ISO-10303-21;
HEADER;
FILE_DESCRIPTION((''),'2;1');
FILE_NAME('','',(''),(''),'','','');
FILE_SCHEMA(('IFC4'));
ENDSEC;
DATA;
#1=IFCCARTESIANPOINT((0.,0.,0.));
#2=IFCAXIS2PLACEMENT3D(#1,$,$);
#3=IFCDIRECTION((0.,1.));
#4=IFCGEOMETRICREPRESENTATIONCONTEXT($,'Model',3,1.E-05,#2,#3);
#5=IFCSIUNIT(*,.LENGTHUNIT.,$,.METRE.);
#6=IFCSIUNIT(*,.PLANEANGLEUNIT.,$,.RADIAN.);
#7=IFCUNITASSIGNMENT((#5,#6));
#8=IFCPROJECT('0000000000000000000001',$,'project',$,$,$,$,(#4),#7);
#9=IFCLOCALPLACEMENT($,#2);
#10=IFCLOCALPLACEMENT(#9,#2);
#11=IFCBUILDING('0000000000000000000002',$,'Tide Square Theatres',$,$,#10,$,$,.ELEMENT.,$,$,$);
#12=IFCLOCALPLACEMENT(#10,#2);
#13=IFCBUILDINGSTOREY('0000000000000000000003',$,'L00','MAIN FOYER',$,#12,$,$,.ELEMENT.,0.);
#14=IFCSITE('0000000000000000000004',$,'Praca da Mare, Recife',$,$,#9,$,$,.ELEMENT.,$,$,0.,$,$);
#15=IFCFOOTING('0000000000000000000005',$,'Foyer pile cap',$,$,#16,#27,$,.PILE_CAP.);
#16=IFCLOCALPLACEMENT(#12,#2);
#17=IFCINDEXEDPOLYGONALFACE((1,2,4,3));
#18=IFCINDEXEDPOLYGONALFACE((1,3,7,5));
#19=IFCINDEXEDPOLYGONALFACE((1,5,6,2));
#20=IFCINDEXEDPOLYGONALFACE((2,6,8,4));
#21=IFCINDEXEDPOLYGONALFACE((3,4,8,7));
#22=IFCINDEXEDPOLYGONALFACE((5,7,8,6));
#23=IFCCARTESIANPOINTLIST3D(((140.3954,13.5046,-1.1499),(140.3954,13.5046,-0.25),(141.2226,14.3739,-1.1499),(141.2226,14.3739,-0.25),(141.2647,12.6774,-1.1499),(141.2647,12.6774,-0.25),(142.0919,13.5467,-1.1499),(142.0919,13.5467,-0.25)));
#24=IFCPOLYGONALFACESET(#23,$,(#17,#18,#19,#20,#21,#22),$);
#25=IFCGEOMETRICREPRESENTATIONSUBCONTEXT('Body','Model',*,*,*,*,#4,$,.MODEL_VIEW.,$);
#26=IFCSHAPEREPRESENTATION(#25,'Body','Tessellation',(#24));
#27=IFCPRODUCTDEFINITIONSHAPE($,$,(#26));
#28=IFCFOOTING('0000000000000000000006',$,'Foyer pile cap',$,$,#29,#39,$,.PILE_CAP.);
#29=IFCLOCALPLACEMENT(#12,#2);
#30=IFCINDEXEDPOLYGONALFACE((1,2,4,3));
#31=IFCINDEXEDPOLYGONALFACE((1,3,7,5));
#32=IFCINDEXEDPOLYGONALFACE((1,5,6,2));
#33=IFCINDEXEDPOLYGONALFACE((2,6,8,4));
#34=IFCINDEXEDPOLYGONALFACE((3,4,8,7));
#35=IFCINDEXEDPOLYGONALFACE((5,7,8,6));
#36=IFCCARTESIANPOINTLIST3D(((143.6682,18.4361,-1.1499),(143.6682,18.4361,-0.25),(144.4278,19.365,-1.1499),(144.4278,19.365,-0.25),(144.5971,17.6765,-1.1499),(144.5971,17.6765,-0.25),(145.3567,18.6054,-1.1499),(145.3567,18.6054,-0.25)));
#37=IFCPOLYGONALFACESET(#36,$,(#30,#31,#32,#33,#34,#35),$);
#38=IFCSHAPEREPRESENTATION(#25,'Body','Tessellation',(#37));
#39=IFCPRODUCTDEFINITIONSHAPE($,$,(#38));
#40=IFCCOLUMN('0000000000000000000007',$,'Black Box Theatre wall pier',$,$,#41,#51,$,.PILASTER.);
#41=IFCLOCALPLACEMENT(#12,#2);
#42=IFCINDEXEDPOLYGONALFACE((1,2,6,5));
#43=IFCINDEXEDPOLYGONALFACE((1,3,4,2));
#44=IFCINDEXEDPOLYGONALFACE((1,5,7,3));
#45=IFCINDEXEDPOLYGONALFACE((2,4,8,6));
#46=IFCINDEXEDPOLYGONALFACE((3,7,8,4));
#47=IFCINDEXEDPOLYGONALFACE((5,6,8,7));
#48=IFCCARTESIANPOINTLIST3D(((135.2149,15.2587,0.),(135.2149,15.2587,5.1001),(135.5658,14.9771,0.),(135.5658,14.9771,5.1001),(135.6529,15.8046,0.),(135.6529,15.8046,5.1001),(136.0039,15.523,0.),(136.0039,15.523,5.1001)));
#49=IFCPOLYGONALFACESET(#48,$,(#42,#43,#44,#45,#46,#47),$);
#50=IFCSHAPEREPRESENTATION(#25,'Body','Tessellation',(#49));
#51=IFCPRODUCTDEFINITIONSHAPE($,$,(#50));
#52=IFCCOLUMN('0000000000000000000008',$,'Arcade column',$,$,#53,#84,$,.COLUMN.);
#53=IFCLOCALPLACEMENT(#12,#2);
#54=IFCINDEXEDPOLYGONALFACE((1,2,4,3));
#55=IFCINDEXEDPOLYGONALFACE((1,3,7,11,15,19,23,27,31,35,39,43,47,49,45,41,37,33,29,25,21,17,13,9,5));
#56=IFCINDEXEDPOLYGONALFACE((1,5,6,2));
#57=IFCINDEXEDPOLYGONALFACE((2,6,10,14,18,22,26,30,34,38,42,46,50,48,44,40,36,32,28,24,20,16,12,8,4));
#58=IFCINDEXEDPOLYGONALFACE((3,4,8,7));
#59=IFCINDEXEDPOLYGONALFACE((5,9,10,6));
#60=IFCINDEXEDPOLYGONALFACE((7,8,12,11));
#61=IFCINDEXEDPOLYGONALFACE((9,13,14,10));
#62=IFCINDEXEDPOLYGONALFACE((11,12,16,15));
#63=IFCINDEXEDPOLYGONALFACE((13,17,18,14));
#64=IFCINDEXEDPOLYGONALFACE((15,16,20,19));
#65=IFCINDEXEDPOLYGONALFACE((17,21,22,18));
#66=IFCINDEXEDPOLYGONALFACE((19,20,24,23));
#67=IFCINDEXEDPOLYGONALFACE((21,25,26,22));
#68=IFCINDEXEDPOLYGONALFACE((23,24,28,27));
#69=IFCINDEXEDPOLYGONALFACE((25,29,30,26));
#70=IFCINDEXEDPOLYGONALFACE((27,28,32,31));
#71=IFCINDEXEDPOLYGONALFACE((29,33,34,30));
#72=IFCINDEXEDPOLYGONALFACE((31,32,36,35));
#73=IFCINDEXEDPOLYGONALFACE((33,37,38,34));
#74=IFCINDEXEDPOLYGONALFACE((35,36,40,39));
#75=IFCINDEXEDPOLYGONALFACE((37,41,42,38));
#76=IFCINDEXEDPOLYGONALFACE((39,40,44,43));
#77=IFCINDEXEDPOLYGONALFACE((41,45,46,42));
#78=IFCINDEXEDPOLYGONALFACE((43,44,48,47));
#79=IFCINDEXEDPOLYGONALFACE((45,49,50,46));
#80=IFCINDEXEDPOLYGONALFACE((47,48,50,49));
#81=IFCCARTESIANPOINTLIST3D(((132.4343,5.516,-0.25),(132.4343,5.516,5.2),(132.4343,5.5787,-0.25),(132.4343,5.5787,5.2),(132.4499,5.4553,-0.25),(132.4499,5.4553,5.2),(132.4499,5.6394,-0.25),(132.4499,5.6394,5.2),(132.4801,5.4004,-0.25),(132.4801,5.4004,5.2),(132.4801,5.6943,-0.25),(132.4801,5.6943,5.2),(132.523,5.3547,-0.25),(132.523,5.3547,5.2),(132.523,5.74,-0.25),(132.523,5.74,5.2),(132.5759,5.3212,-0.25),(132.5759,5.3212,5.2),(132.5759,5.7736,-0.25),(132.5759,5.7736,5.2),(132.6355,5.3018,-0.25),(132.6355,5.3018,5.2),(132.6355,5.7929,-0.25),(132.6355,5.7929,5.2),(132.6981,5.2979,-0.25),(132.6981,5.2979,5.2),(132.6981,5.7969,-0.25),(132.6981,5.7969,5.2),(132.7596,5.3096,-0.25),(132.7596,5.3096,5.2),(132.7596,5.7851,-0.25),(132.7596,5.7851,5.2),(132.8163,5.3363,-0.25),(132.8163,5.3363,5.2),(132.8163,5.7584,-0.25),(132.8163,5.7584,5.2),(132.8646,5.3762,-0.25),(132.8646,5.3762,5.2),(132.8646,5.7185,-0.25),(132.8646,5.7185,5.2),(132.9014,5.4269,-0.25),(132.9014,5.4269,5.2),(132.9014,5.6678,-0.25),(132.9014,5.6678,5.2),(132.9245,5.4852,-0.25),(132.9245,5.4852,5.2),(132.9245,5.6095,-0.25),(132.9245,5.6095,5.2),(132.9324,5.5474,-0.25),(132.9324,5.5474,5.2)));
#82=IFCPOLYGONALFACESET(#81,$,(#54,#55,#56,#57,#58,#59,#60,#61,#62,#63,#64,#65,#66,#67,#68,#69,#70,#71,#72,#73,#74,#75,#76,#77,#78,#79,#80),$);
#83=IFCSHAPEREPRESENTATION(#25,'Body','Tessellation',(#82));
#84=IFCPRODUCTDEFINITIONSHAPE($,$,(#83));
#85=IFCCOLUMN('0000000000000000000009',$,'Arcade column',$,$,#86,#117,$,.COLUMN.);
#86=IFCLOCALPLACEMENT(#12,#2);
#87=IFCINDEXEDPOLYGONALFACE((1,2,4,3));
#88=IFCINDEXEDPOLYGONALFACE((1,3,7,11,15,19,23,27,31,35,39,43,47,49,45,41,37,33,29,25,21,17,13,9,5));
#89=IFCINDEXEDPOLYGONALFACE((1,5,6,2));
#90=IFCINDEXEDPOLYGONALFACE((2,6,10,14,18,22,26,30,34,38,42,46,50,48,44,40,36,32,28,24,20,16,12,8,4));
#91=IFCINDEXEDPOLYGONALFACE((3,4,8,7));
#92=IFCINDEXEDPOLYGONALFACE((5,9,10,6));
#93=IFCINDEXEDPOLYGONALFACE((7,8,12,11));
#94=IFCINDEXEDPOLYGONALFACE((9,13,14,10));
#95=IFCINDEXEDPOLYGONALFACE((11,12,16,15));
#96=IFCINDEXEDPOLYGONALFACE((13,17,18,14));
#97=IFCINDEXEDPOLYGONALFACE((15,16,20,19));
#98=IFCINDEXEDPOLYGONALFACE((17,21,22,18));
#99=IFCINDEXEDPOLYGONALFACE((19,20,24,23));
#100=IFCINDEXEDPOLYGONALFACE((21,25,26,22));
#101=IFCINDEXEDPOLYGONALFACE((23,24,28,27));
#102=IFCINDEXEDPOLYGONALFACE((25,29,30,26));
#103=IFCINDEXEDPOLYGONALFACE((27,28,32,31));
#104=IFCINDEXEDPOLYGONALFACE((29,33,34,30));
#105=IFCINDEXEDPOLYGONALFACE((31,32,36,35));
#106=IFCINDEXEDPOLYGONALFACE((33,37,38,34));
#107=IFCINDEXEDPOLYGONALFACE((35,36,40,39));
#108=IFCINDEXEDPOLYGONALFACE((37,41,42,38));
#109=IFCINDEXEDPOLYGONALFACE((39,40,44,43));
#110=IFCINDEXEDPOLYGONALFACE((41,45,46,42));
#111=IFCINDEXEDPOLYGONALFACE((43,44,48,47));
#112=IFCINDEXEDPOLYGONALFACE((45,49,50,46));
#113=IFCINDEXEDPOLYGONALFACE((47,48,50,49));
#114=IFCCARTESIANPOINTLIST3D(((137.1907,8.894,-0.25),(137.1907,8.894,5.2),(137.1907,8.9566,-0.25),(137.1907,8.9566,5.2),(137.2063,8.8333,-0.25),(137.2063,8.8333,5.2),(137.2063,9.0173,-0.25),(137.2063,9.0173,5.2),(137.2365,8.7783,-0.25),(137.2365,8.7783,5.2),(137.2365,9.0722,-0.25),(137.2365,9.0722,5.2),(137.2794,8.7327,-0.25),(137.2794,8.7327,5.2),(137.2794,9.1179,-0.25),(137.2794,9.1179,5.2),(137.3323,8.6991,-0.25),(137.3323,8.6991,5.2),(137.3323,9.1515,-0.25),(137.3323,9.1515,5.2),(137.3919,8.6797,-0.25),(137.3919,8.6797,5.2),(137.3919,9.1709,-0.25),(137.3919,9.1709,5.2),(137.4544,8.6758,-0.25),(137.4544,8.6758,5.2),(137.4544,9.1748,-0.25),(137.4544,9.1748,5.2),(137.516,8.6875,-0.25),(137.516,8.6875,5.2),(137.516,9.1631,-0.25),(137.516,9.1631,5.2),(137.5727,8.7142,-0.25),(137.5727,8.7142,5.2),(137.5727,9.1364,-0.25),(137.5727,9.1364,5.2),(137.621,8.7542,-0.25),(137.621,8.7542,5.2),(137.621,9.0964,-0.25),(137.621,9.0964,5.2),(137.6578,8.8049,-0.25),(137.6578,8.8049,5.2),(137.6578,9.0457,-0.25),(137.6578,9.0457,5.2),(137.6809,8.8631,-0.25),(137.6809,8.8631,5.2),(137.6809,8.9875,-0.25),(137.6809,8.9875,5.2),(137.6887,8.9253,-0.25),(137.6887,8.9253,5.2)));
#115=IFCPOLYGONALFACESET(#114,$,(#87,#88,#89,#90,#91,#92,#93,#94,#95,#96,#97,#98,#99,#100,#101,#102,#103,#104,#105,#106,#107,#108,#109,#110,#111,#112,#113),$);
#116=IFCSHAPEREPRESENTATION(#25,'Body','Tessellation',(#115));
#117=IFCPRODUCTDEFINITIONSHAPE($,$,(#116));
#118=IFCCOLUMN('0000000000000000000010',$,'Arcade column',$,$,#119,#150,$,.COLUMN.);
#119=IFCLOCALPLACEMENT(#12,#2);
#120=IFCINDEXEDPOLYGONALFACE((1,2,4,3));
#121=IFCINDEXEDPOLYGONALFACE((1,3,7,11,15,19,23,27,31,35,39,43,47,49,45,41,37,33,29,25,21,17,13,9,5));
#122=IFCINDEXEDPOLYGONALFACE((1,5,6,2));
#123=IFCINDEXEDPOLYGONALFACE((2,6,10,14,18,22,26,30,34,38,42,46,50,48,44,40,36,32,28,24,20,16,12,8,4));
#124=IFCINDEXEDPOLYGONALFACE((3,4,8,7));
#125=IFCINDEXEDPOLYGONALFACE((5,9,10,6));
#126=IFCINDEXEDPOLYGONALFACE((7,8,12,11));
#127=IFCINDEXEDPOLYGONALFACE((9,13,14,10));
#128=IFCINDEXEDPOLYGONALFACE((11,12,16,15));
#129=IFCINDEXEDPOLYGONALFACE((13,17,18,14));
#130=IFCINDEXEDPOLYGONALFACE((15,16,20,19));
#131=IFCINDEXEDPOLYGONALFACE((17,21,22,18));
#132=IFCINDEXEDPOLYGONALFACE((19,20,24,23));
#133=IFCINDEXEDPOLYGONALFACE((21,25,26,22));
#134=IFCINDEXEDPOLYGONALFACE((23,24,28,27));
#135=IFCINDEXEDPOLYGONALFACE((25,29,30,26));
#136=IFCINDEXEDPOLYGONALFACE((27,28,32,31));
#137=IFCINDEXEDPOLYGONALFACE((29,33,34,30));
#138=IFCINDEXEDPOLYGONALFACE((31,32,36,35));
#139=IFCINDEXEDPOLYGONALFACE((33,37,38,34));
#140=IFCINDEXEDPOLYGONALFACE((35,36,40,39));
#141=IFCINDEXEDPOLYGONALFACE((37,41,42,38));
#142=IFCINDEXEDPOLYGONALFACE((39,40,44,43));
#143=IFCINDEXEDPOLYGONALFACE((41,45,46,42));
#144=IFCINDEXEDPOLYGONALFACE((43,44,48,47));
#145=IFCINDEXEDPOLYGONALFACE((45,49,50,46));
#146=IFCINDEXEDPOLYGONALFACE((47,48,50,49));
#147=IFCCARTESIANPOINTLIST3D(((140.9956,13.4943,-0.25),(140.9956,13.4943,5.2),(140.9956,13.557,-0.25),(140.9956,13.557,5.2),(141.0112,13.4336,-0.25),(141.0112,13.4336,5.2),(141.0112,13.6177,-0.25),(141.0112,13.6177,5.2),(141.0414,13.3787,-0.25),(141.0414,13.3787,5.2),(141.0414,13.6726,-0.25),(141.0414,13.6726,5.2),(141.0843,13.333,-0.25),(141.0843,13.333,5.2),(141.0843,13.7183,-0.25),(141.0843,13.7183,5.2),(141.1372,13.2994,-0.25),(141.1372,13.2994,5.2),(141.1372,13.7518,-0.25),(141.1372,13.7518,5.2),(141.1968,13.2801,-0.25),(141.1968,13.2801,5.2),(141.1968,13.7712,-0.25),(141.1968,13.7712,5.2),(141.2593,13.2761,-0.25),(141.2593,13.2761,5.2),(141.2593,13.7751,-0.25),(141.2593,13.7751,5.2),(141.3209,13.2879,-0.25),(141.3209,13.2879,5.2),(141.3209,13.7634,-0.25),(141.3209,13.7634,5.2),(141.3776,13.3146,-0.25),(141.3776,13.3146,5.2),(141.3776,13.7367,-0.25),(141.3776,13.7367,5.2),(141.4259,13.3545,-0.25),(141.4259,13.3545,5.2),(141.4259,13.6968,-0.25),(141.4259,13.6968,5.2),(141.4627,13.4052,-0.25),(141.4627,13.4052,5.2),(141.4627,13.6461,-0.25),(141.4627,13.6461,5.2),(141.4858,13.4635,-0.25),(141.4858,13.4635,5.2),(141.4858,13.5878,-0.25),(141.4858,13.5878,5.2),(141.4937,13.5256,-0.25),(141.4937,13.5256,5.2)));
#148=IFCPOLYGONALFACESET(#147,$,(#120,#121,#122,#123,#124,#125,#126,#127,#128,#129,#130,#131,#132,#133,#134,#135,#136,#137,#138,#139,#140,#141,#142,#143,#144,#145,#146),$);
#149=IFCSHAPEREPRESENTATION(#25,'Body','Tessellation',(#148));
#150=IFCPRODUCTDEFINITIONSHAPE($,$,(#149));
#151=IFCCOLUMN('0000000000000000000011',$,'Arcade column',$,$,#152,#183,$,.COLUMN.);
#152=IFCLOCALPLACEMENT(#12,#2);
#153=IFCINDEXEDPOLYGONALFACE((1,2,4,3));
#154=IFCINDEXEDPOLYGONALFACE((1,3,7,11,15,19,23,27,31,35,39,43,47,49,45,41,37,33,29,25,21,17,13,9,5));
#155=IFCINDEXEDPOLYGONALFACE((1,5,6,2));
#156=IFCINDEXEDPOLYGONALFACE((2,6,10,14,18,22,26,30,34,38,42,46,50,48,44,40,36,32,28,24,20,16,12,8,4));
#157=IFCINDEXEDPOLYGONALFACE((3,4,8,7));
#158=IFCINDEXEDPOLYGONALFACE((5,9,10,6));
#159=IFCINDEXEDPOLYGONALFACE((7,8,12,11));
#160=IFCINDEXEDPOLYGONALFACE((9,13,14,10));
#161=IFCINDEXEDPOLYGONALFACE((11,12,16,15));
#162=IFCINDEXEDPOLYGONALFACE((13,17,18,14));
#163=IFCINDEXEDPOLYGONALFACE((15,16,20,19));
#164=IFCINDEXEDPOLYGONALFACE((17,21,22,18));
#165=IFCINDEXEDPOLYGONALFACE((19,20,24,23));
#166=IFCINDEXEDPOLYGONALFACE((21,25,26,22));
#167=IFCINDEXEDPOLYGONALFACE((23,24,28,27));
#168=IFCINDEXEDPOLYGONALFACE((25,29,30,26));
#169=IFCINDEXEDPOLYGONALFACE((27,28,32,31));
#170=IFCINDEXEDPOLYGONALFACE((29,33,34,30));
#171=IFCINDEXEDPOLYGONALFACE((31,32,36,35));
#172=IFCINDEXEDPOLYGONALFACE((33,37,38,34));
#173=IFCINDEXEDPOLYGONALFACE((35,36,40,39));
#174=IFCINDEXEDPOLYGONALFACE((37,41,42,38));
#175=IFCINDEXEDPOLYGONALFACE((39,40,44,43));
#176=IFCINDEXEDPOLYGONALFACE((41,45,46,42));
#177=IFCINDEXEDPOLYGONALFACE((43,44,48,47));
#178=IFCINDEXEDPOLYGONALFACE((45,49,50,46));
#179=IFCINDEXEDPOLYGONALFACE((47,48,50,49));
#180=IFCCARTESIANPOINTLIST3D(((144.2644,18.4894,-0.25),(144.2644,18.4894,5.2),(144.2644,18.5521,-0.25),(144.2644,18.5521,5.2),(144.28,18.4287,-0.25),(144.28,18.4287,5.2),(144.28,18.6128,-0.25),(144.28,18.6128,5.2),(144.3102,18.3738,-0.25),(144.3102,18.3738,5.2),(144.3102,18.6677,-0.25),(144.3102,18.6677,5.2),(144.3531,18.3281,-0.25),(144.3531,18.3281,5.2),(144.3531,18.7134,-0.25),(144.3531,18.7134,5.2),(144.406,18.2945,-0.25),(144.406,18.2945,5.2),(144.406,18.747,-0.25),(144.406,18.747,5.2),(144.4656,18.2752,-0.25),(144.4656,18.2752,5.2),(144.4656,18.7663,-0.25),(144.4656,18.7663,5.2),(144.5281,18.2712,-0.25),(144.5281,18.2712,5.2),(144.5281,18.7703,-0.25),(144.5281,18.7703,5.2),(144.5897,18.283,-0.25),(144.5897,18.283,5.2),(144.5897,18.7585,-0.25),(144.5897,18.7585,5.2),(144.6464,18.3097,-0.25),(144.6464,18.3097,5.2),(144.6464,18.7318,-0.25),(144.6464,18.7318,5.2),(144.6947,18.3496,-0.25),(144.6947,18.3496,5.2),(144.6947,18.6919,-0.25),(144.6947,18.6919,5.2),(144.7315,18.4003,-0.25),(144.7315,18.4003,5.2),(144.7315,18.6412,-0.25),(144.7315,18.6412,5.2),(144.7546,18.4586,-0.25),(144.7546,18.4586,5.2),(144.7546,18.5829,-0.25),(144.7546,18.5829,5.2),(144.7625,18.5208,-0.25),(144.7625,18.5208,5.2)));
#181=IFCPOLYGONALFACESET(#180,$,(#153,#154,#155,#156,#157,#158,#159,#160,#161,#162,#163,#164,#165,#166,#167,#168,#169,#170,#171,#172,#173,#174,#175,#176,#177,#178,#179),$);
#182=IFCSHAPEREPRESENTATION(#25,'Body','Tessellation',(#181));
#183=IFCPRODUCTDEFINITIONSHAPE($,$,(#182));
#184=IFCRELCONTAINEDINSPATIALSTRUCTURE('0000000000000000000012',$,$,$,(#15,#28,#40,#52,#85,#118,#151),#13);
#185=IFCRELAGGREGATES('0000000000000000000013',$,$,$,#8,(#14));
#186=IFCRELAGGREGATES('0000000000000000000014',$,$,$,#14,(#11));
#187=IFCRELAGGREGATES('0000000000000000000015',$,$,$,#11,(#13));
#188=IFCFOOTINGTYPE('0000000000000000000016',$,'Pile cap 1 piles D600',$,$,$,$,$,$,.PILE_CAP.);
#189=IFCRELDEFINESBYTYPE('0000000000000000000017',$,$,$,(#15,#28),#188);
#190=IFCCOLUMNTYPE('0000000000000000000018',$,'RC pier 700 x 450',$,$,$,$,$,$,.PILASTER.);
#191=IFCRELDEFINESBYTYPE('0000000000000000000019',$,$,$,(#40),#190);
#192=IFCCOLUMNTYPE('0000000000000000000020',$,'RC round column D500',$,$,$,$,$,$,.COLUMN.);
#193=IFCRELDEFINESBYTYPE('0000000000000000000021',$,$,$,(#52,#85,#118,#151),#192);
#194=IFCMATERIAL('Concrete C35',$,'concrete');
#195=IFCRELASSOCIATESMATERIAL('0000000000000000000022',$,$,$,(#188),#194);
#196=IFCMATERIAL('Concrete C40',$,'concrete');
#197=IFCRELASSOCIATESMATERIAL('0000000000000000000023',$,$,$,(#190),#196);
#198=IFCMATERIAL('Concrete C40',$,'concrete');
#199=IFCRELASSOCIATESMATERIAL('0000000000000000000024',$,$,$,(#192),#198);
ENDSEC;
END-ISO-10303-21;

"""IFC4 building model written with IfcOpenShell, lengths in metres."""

from ifc_helpers import new_model, si_unit, direction, frame, origin, origin_2d, place, context, subcontext, project, spatial, rectangle, circle, extrude, material, material_profile, profile_set, type_object, element, save


model = new_model("IFC4")

# Units and contexts
model_context = context("Model", 3, precision=1e-05, world=origin(), true_north=direction((0.0, 1.0)))
body_context = subcontext(model_context, "Body", "Model", "MODEL_VIEW")
ifc_project = project(units=[si_unit("LENGTHUNIT", "METRE"), si_unit("PLANEANGLEUNIT", "RADIAN")], contexts=[model_context])

# Site, building, storey
site_placement = place(None, origin())
site = spatial("IfcSite", under=ifc_project, at=site_placement, Name="Praca da Mare, Recife", CompositionType="ELEMENT", RefElevation=0.0)
building_placement = place(site_placement, origin())
building = spatial("IfcBuilding", under=site, at=building_placement, Name="Tide Square Theatres", CompositionType="ELEMENT")
storey_placement = place(building_placement, origin())
storey = spatial("IfcBuildingStorey", under=building, at=storey_placement, Name="L00", Description="MAIN FOYER", CompositionType="ELEMENT", Elevation=0.0)

# Footings
ifc_material_1 = material(Name="Concrete C35", Category="concrete")
footing_type = type_object("IfcFootingType", Name="Pile cap 1 piles D600", PredefinedType="PILE_CAP", material=ifc_material_1)
for number, where, z_axis, x_axis, name in (
    (1, (141.2437, 13.5256, -1.1499), (0.0, 0.0, 1.0), (0.689367, 0.724413, 0.0), "Foyer pile cap"),
    (2, (144.5125, 18.5208, -1.1499), (0.0, 0.0, 1.0), (0.633, 0.774152, 0.0), "Foyer pile cap"),
):
    element("IfcFooting", number, at=place(storey_placement, frame(where, z_axis=z_axis, x_axis=x_axis)), inside=storey, type_object=footing_type, Name=name, PredefinedType="PILE_CAP", context=body_context, shape_type="SweptSolid", body=[
        extrude(rectangle(XDim=1.2, YDim=1.2, at=origin_2d()), origin(), (0.0, 0.0, 1.0), 0.8999),
    ])

# Columns
ifc_material_2 = material(Name="Concrete C40", Category="concrete")
ifc_material_profile_1 = material_profile(ifc_material_2, rectangle(XDim=0.7, YDim=0.45, at=origin_2d()))
ifc_profile_set_1 = profile_set([ifc_material_profile_1], Name="Concrete C40")
column_type_1 = type_object("IfcColumnType", Name="RC pier 700 x 450", PredefinedType="PILASTER", material=ifc_profile_set_1)
column_placement = place(storey_placement, frame((135.6094, 15.3909, 0.0), z_axis=(0.0, 0.0, 1.0), x_axis=(0.625819, 0.779968, 0.0)))
element("IfcColumn", 3, at=column_placement, inside=storey, type_object=column_type_1, Name="Black Box Theatre wall pier", PredefinedType="PILASTER", context=body_context, shape_type="SweptSolid", body=[
    extrude(rectangle(XDim=0.7, YDim=0.45, at=origin_2d()), origin(), (0.0, 0.0, 1.0), 5.1001),
])
ifc_material_3 = material(Name="Concrete C40", Category="concrete")
ifc_material_profile_2 = material_profile(ifc_material_3, circle(Radius=0.25, at=origin_2d()))
ifc_profile_set_2 = profile_set([ifc_material_profile_2], Name="Concrete C40")
column_type_2 = type_object("IfcColumnType", Name="RC round column D500", PredefinedType="COLUMN", material=ifc_profile_set_2)
for number, where, z_axis, x_axis, name in (
    (4, (132.6824, 5.5474, -0.25), (0.0, 0.0, 1.0), (1.0, 0.0, 0.0), "Arcade column"),
    (5, (137.4387, 8.9253, -0.25), (0.0, 0.0, 1.0), (1.0, 0.0, 0.0), "Arcade column"),
    (6, (141.2437, 13.5256, -0.25), (0.0, 0.0, 1.0), (1.0, 0.0, 0.0), "Arcade column"),
    (7, (144.5125, 18.5208, -0.25), (0.0, 0.0, 1.0), (1.0, 0.0, 0.0), "Arcade column"),
):
    element("IfcColumn", number, at=place(storey_placement, frame(where, z_axis=z_axis, x_axis=x_axis)), inside=storey, type_object=column_type_2, Name=name, PredefinedType="COLUMN", context=body_context, shape_type="SweptSolid", body=[
        extrude(circle(Radius=0.25, at=origin_2d()), origin(), (0.0, 0.0, 1.0), 5.45),
    ])

save(model, "model.ifc")
